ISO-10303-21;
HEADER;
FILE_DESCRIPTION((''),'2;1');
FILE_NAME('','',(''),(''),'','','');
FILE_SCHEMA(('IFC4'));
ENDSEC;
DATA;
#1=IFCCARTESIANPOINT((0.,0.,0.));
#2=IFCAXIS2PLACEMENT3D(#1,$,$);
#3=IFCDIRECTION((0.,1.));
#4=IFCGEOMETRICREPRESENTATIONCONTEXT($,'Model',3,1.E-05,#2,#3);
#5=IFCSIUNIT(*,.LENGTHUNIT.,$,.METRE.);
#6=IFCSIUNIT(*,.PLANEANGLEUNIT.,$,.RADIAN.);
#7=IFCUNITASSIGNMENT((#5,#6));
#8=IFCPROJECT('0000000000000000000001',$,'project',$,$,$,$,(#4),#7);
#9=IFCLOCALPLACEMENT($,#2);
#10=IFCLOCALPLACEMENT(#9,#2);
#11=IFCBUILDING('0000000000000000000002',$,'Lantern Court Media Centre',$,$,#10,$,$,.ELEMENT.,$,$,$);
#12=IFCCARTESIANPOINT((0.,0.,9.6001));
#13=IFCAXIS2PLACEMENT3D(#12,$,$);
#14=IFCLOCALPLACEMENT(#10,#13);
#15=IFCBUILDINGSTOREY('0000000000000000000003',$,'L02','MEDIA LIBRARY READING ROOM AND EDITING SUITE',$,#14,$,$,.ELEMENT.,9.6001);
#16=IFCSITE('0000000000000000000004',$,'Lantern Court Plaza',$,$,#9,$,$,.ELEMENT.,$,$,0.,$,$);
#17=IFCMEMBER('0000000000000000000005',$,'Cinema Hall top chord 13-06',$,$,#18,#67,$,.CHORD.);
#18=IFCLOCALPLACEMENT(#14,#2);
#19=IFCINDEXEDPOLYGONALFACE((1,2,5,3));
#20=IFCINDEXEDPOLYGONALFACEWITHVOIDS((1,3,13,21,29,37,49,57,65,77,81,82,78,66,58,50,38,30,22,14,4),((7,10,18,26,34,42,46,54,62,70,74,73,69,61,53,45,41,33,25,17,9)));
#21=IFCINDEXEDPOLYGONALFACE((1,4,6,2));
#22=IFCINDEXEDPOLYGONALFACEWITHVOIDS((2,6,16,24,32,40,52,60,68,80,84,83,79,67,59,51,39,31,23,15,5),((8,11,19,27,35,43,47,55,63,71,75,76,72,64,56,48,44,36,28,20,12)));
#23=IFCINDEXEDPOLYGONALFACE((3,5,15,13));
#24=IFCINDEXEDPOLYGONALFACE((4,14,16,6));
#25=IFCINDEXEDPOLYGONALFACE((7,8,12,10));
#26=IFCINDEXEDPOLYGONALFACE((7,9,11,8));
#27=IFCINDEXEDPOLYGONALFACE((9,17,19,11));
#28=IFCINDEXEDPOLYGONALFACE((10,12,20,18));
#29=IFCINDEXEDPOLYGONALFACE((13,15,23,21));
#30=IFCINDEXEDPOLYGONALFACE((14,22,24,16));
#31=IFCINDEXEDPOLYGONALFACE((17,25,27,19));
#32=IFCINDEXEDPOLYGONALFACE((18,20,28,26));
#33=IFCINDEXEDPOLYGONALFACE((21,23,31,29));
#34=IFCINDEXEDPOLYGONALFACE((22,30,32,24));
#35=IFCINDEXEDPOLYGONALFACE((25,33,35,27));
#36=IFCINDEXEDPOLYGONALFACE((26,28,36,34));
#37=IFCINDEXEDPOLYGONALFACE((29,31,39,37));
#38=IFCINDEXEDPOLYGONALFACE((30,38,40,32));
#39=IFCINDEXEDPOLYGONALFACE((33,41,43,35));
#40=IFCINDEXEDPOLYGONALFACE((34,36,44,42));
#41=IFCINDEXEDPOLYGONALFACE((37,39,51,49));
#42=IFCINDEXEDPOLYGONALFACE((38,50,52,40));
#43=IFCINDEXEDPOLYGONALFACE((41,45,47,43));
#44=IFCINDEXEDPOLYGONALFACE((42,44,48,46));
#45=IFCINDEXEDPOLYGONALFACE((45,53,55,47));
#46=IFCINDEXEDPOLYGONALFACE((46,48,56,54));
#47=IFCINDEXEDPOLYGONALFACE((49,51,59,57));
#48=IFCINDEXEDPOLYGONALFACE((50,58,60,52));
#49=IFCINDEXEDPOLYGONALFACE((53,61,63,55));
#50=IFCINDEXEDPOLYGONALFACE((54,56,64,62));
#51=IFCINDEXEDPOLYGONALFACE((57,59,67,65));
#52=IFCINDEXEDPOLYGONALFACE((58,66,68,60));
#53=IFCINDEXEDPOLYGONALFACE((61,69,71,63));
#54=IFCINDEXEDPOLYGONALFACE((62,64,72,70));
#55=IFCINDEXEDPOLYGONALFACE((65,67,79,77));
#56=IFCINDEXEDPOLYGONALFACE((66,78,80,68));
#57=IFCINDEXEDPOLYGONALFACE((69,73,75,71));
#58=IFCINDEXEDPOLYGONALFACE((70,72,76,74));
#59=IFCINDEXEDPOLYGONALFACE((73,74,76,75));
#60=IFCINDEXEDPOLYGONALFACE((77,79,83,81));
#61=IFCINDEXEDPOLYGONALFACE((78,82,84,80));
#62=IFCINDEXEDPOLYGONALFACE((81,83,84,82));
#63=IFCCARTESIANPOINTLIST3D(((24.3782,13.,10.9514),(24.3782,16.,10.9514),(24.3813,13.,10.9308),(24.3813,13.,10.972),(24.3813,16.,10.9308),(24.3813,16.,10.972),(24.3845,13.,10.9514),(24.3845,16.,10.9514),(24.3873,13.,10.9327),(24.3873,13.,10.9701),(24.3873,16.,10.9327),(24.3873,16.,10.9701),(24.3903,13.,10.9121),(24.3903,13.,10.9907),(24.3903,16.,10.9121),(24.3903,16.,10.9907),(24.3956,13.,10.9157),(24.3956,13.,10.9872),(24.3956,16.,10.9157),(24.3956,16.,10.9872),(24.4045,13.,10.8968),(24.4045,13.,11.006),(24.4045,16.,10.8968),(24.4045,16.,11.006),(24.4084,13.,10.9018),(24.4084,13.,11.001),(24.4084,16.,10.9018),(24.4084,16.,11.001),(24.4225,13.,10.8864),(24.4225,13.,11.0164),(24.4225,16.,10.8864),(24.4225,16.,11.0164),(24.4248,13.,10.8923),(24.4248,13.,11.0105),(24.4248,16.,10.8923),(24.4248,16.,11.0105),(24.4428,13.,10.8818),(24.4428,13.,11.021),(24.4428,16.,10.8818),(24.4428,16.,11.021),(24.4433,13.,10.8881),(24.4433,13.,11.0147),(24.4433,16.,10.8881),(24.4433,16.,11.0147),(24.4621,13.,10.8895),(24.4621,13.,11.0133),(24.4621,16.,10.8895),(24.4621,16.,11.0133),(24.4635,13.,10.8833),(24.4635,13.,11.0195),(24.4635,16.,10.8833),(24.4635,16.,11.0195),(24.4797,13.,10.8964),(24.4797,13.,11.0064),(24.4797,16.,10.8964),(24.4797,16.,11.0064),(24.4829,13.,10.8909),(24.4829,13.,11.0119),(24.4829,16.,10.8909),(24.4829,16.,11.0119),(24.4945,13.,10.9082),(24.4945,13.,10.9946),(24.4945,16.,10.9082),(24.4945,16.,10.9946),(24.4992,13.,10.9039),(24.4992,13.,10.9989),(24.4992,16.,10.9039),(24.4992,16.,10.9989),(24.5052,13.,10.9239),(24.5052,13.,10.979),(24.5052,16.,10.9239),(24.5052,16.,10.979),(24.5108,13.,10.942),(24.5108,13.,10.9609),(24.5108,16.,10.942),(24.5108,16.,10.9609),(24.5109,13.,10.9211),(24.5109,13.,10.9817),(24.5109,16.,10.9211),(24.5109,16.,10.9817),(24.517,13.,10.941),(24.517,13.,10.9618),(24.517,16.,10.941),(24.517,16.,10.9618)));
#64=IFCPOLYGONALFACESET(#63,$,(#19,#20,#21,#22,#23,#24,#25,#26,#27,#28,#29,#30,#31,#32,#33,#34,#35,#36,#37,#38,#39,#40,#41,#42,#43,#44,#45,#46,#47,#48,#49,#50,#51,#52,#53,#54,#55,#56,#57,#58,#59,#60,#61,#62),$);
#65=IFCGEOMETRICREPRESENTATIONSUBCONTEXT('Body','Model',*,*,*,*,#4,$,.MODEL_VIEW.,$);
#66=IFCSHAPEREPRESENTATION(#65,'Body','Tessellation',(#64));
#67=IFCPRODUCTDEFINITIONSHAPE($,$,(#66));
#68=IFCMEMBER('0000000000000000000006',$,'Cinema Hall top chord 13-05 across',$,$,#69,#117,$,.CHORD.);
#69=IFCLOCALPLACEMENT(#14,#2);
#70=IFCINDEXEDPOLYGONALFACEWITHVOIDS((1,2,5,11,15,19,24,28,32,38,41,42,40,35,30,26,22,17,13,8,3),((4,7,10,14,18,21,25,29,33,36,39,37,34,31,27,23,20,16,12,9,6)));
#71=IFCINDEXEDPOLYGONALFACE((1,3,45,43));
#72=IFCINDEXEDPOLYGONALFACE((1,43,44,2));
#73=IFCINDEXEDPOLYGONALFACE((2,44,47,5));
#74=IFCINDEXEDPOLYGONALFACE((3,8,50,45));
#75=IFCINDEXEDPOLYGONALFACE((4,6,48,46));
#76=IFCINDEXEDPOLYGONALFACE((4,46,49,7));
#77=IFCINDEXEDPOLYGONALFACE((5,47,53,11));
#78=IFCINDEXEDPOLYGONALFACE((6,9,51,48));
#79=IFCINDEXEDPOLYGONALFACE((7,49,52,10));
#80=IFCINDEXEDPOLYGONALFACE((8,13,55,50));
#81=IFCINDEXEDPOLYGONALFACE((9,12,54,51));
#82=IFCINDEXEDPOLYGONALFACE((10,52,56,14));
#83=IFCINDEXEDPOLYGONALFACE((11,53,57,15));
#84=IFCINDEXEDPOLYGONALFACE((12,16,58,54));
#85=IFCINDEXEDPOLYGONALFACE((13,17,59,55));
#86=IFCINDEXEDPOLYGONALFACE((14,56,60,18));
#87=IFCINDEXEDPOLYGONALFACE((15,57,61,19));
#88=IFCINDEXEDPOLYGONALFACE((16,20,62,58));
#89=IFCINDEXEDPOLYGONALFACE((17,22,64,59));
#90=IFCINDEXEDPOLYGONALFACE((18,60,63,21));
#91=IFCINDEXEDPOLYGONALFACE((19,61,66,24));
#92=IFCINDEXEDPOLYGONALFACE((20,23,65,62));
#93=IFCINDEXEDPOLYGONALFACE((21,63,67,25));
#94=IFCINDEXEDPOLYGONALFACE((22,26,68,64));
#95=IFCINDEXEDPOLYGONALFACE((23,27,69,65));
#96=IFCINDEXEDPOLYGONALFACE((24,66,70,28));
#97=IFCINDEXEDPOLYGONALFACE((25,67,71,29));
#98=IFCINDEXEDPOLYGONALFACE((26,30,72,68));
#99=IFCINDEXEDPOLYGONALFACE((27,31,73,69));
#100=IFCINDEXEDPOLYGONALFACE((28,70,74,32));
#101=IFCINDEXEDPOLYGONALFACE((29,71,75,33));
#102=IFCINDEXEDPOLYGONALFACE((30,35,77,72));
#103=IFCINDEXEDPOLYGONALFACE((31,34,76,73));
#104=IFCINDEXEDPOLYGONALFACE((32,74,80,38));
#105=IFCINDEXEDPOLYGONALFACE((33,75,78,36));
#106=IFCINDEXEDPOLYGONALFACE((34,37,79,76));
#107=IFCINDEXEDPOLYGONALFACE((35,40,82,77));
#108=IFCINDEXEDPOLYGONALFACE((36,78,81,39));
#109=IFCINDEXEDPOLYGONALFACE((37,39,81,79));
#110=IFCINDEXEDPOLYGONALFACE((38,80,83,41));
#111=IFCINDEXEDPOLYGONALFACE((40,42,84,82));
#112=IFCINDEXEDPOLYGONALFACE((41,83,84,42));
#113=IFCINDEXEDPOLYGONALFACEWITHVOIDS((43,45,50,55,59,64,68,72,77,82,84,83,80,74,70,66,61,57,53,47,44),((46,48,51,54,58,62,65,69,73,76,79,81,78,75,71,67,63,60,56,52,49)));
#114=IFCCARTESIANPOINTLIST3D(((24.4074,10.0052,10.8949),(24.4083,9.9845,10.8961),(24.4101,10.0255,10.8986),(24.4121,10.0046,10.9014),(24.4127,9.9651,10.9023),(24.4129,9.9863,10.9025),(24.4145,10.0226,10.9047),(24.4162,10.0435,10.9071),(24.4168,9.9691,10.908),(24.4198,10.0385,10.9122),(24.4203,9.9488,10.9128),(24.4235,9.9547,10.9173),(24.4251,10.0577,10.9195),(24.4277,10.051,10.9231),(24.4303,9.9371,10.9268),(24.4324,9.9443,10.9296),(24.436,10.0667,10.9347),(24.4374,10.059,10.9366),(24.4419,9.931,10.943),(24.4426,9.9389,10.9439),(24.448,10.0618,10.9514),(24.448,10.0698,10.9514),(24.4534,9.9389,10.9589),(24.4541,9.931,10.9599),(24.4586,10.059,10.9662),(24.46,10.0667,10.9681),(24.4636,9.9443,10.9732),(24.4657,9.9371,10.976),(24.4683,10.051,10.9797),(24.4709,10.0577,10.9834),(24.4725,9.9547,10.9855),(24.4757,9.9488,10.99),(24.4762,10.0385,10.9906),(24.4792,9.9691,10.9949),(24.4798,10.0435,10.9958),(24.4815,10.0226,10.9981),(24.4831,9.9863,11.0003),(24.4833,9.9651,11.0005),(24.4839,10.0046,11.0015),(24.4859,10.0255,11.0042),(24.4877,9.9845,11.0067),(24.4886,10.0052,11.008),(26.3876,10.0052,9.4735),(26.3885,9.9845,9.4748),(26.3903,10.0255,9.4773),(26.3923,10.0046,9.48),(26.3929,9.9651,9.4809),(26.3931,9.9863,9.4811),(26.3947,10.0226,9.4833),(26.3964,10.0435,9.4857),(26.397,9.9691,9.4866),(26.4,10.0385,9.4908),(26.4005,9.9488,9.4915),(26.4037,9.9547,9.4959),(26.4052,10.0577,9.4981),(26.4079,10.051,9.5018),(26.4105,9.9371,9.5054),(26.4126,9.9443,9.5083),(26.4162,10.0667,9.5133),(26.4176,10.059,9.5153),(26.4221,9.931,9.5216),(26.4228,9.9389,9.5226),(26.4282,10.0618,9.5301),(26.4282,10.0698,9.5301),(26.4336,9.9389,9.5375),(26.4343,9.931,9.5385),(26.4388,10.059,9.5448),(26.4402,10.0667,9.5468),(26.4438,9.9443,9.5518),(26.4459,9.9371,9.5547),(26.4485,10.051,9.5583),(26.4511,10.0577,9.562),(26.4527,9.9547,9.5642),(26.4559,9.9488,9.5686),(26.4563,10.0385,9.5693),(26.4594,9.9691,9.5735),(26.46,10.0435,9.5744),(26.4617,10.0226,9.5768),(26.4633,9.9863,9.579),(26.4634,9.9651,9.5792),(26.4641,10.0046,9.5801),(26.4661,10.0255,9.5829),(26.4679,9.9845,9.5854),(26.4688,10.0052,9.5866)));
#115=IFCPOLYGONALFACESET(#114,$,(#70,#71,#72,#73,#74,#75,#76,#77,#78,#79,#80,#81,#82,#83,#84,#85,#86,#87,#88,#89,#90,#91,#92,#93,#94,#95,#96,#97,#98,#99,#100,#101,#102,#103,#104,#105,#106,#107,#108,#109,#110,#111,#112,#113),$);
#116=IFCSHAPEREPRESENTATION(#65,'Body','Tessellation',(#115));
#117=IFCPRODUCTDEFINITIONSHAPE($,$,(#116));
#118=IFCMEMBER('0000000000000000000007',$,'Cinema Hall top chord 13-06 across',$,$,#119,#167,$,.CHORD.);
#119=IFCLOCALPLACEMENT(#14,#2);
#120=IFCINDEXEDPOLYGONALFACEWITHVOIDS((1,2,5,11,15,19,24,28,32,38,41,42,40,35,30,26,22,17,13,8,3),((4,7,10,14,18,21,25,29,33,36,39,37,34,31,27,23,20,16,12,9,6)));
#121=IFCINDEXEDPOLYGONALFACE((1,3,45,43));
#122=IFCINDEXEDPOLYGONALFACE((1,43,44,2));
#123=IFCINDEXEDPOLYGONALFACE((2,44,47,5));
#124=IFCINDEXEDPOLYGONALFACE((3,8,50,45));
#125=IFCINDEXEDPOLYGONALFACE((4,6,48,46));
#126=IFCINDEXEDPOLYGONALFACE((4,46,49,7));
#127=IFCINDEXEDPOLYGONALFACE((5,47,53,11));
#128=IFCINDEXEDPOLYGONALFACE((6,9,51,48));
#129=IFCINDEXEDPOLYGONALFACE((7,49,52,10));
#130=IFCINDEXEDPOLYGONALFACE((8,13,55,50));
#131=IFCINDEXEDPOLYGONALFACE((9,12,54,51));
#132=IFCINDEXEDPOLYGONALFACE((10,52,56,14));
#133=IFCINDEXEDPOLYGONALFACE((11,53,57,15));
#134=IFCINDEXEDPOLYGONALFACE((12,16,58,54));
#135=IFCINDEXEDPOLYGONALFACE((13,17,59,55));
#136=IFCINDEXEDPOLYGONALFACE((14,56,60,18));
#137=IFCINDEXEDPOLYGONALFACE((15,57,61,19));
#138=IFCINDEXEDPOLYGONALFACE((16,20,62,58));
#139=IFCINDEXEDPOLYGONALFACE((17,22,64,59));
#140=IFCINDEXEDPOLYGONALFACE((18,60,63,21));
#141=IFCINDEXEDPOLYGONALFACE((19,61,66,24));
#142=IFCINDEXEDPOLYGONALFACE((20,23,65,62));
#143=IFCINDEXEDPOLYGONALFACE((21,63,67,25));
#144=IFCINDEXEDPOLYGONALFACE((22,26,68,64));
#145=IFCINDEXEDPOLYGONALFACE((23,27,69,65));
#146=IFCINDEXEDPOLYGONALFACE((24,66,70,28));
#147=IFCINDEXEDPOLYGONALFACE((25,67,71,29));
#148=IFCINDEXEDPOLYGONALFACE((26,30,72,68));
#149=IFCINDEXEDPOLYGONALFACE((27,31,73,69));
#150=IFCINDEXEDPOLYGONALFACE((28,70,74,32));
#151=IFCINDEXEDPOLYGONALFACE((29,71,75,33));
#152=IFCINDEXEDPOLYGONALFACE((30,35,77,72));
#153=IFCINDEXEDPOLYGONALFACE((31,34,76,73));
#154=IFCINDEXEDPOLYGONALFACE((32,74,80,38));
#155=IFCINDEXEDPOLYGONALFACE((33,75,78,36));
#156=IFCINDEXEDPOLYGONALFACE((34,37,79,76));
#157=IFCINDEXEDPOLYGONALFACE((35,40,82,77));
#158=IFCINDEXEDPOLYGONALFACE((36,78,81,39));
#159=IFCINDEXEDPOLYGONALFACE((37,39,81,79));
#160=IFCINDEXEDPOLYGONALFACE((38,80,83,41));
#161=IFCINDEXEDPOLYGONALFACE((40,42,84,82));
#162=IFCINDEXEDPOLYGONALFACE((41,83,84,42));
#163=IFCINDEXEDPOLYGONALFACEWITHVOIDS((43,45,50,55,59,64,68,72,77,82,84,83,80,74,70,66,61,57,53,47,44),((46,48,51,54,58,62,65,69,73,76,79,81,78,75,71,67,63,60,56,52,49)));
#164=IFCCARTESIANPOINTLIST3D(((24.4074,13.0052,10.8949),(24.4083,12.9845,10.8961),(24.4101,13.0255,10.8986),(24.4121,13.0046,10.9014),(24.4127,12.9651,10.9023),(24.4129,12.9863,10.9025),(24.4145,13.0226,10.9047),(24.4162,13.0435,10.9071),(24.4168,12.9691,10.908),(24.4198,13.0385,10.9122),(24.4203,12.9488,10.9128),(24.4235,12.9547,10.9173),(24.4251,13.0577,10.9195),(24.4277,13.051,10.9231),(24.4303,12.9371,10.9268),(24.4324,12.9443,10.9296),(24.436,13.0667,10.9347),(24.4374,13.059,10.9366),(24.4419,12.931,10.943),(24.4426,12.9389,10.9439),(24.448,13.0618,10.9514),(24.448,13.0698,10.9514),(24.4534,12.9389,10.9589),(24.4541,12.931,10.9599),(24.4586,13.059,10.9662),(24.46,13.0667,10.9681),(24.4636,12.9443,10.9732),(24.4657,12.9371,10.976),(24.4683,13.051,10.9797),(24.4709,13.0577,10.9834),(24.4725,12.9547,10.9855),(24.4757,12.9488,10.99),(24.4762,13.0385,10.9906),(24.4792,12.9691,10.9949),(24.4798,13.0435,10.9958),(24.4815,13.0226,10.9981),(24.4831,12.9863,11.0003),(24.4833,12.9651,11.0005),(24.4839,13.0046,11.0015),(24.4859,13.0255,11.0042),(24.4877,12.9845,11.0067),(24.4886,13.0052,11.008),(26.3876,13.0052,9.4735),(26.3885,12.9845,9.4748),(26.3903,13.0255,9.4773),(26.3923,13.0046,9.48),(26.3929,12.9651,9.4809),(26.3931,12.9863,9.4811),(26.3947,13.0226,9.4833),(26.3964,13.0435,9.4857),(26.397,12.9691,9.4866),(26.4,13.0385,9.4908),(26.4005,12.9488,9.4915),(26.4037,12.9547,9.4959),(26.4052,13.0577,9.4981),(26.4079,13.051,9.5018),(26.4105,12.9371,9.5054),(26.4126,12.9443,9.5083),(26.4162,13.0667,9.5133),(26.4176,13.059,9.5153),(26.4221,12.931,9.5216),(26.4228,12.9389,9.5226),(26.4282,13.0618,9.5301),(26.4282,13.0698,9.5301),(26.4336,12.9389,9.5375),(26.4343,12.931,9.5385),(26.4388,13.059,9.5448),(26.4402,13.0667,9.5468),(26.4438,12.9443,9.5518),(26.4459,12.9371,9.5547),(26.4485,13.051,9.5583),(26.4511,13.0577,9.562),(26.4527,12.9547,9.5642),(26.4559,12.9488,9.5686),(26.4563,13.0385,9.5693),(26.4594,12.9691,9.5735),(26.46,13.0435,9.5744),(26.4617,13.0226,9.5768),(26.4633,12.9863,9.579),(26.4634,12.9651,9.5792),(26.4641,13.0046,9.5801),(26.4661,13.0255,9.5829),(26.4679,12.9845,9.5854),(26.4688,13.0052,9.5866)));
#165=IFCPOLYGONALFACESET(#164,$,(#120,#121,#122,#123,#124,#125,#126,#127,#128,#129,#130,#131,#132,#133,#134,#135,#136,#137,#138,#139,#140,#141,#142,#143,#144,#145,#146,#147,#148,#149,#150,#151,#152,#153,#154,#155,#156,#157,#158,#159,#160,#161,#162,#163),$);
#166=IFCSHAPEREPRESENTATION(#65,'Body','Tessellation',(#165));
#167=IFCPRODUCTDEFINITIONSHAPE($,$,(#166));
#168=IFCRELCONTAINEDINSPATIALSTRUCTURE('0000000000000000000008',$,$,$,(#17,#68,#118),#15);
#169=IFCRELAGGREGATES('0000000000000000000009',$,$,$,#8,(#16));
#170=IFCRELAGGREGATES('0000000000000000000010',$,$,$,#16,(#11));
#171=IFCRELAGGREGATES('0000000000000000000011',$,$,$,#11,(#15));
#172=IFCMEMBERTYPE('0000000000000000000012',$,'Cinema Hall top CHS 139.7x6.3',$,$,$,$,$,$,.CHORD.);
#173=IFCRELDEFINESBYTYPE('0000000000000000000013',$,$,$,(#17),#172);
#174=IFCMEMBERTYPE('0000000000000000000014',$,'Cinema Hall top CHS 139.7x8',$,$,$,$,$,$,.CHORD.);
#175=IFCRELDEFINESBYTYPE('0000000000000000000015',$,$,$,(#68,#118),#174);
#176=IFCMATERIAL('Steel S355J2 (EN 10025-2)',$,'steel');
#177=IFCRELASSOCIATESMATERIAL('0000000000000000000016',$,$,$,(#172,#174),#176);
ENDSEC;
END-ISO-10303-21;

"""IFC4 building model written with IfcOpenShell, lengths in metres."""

from ifc_helpers import new_model, si_unit, direction, frame, origin, origin_2d, place, context, subcontext, project, spatial, hollow_circle, extrude, material, material_profile, profile_set, type_object, element, save


model = new_model("IFC4")

# Units and contexts
model_context = context("Model", 3, precision=1e-05, world=origin(), true_north=direction((0.0, 1.0)))
body_context = subcontext(model_context, "Body", "Model", "MODEL_VIEW")
ifc_project = project(units=[si_unit("LENGTHUNIT", "METRE"), si_unit("PLANEANGLEUNIT", "RADIAN")], contexts=[model_context])

# Site, building, storey
site_placement = place(None, origin())
site = spatial("IfcSite", under=ifc_project, at=site_placement, Name="Lantern Court Plaza", CompositionType="ELEMENT", RefElevation=0.0)
building_placement = place(site_placement, origin())
building = spatial("IfcBuilding", under=site, at=building_placement, Name="Lantern Court Media Centre", CompositionType="ELEMENT")
storey_placement = place(building_placement, frame((0.0, 0.0, 9.6001)))
storey = spatial("IfcBuildingStorey", under=building, at=storey_placement, Name="L02", Description="MEDIA LIBRARY READING ROOM AND EDITING SUITE", CompositionType="ELEMENT", Elevation=9.6001)

# Members
ifc_material = material(Name="Steel S355J2 (EN 10025-2)", Category="steel")
ifc_material_profile_1 = material_profile(ifc_material, hollow_circle(Radius=0.0698, WallThickness=0.0063, at=origin_2d()), Name="Cinema Hall top CHS 139.7x6.3")
ifc_profile_set_1 = profile_set([ifc_material_profile_1], Name="Steel S355J2 (EN 10025-2)")
member_type_1 = type_object("IfcMemberType", Name="Cinema Hall top CHS 139.7x6.3", PredefinedType="CHORD", material=ifc_profile_set_1)
for number, where, z_axis, x_axis, name in (
    (1, (24.448, 13.0, 10.9514), (0.0, 1.0, 0.0), (-1.0, 0.0, 0.0), "Cinema Hall top chord 13-06"),
):
    element("IfcMember", number, at=place(storey_placement, frame(where, z_axis=z_axis, x_axis=x_axis)), inside=storey, type_object=member_type_1, Name=name, PredefinedType="CHORD", context=body_context, shape_type="SweptSolid", body=[
        extrude(hollow_circle(Radius=0.0698, WallThickness=0.0063, at=origin_2d()), origin(), (0.0, 0.0, 1.0), 3.0),
    ])
ifc_material_profile_2 = material_profile(ifc_material, hollow_circle(Radius=0.0698, WallThickness=0.0081, at=origin_2d()), Name="Cinema Hall top CHS 139.7x8")
ifc_profile_set_2 = profile_set([ifc_material_profile_2], Name="Steel S355J2 (EN 10025-2)")
member_type_2 = type_object("IfcMemberType", Name="Cinema Hall top CHS 139.7x8", PredefinedType="CHORD", material=ifc_profile_set_2)
for number, where, z_axis, x_axis, name in (
    (2, (24.448, 10.0, 10.9514), (0.812385, 0.0, -0.583122), (0.0, 1.0, 0.0), "Cinema Hall top chord 13-05 across"),
    (3, (24.448, 13.0, 10.9514), (0.812385, 0.0, -0.583122), (0.0, 1.0, 0.0), "Cinema Hall top chord 13-06 across"),
):
    element("IfcMember", number, at=place(storey_placement, frame(where, z_axis=z_axis, x_axis=x_axis)), inside=storey, type_object=member_type_2, Name=name, PredefinedType="CHORD", context=body_context, shape_type="SweptSolid", body=[
        extrude(hollow_circle(Radius=0.0698, WallThickness=0.0081, at=origin_2d()), origin(), (0.0, 0.0, 1.0), 2.4375),
    ])

save(model, "model.ifc")
